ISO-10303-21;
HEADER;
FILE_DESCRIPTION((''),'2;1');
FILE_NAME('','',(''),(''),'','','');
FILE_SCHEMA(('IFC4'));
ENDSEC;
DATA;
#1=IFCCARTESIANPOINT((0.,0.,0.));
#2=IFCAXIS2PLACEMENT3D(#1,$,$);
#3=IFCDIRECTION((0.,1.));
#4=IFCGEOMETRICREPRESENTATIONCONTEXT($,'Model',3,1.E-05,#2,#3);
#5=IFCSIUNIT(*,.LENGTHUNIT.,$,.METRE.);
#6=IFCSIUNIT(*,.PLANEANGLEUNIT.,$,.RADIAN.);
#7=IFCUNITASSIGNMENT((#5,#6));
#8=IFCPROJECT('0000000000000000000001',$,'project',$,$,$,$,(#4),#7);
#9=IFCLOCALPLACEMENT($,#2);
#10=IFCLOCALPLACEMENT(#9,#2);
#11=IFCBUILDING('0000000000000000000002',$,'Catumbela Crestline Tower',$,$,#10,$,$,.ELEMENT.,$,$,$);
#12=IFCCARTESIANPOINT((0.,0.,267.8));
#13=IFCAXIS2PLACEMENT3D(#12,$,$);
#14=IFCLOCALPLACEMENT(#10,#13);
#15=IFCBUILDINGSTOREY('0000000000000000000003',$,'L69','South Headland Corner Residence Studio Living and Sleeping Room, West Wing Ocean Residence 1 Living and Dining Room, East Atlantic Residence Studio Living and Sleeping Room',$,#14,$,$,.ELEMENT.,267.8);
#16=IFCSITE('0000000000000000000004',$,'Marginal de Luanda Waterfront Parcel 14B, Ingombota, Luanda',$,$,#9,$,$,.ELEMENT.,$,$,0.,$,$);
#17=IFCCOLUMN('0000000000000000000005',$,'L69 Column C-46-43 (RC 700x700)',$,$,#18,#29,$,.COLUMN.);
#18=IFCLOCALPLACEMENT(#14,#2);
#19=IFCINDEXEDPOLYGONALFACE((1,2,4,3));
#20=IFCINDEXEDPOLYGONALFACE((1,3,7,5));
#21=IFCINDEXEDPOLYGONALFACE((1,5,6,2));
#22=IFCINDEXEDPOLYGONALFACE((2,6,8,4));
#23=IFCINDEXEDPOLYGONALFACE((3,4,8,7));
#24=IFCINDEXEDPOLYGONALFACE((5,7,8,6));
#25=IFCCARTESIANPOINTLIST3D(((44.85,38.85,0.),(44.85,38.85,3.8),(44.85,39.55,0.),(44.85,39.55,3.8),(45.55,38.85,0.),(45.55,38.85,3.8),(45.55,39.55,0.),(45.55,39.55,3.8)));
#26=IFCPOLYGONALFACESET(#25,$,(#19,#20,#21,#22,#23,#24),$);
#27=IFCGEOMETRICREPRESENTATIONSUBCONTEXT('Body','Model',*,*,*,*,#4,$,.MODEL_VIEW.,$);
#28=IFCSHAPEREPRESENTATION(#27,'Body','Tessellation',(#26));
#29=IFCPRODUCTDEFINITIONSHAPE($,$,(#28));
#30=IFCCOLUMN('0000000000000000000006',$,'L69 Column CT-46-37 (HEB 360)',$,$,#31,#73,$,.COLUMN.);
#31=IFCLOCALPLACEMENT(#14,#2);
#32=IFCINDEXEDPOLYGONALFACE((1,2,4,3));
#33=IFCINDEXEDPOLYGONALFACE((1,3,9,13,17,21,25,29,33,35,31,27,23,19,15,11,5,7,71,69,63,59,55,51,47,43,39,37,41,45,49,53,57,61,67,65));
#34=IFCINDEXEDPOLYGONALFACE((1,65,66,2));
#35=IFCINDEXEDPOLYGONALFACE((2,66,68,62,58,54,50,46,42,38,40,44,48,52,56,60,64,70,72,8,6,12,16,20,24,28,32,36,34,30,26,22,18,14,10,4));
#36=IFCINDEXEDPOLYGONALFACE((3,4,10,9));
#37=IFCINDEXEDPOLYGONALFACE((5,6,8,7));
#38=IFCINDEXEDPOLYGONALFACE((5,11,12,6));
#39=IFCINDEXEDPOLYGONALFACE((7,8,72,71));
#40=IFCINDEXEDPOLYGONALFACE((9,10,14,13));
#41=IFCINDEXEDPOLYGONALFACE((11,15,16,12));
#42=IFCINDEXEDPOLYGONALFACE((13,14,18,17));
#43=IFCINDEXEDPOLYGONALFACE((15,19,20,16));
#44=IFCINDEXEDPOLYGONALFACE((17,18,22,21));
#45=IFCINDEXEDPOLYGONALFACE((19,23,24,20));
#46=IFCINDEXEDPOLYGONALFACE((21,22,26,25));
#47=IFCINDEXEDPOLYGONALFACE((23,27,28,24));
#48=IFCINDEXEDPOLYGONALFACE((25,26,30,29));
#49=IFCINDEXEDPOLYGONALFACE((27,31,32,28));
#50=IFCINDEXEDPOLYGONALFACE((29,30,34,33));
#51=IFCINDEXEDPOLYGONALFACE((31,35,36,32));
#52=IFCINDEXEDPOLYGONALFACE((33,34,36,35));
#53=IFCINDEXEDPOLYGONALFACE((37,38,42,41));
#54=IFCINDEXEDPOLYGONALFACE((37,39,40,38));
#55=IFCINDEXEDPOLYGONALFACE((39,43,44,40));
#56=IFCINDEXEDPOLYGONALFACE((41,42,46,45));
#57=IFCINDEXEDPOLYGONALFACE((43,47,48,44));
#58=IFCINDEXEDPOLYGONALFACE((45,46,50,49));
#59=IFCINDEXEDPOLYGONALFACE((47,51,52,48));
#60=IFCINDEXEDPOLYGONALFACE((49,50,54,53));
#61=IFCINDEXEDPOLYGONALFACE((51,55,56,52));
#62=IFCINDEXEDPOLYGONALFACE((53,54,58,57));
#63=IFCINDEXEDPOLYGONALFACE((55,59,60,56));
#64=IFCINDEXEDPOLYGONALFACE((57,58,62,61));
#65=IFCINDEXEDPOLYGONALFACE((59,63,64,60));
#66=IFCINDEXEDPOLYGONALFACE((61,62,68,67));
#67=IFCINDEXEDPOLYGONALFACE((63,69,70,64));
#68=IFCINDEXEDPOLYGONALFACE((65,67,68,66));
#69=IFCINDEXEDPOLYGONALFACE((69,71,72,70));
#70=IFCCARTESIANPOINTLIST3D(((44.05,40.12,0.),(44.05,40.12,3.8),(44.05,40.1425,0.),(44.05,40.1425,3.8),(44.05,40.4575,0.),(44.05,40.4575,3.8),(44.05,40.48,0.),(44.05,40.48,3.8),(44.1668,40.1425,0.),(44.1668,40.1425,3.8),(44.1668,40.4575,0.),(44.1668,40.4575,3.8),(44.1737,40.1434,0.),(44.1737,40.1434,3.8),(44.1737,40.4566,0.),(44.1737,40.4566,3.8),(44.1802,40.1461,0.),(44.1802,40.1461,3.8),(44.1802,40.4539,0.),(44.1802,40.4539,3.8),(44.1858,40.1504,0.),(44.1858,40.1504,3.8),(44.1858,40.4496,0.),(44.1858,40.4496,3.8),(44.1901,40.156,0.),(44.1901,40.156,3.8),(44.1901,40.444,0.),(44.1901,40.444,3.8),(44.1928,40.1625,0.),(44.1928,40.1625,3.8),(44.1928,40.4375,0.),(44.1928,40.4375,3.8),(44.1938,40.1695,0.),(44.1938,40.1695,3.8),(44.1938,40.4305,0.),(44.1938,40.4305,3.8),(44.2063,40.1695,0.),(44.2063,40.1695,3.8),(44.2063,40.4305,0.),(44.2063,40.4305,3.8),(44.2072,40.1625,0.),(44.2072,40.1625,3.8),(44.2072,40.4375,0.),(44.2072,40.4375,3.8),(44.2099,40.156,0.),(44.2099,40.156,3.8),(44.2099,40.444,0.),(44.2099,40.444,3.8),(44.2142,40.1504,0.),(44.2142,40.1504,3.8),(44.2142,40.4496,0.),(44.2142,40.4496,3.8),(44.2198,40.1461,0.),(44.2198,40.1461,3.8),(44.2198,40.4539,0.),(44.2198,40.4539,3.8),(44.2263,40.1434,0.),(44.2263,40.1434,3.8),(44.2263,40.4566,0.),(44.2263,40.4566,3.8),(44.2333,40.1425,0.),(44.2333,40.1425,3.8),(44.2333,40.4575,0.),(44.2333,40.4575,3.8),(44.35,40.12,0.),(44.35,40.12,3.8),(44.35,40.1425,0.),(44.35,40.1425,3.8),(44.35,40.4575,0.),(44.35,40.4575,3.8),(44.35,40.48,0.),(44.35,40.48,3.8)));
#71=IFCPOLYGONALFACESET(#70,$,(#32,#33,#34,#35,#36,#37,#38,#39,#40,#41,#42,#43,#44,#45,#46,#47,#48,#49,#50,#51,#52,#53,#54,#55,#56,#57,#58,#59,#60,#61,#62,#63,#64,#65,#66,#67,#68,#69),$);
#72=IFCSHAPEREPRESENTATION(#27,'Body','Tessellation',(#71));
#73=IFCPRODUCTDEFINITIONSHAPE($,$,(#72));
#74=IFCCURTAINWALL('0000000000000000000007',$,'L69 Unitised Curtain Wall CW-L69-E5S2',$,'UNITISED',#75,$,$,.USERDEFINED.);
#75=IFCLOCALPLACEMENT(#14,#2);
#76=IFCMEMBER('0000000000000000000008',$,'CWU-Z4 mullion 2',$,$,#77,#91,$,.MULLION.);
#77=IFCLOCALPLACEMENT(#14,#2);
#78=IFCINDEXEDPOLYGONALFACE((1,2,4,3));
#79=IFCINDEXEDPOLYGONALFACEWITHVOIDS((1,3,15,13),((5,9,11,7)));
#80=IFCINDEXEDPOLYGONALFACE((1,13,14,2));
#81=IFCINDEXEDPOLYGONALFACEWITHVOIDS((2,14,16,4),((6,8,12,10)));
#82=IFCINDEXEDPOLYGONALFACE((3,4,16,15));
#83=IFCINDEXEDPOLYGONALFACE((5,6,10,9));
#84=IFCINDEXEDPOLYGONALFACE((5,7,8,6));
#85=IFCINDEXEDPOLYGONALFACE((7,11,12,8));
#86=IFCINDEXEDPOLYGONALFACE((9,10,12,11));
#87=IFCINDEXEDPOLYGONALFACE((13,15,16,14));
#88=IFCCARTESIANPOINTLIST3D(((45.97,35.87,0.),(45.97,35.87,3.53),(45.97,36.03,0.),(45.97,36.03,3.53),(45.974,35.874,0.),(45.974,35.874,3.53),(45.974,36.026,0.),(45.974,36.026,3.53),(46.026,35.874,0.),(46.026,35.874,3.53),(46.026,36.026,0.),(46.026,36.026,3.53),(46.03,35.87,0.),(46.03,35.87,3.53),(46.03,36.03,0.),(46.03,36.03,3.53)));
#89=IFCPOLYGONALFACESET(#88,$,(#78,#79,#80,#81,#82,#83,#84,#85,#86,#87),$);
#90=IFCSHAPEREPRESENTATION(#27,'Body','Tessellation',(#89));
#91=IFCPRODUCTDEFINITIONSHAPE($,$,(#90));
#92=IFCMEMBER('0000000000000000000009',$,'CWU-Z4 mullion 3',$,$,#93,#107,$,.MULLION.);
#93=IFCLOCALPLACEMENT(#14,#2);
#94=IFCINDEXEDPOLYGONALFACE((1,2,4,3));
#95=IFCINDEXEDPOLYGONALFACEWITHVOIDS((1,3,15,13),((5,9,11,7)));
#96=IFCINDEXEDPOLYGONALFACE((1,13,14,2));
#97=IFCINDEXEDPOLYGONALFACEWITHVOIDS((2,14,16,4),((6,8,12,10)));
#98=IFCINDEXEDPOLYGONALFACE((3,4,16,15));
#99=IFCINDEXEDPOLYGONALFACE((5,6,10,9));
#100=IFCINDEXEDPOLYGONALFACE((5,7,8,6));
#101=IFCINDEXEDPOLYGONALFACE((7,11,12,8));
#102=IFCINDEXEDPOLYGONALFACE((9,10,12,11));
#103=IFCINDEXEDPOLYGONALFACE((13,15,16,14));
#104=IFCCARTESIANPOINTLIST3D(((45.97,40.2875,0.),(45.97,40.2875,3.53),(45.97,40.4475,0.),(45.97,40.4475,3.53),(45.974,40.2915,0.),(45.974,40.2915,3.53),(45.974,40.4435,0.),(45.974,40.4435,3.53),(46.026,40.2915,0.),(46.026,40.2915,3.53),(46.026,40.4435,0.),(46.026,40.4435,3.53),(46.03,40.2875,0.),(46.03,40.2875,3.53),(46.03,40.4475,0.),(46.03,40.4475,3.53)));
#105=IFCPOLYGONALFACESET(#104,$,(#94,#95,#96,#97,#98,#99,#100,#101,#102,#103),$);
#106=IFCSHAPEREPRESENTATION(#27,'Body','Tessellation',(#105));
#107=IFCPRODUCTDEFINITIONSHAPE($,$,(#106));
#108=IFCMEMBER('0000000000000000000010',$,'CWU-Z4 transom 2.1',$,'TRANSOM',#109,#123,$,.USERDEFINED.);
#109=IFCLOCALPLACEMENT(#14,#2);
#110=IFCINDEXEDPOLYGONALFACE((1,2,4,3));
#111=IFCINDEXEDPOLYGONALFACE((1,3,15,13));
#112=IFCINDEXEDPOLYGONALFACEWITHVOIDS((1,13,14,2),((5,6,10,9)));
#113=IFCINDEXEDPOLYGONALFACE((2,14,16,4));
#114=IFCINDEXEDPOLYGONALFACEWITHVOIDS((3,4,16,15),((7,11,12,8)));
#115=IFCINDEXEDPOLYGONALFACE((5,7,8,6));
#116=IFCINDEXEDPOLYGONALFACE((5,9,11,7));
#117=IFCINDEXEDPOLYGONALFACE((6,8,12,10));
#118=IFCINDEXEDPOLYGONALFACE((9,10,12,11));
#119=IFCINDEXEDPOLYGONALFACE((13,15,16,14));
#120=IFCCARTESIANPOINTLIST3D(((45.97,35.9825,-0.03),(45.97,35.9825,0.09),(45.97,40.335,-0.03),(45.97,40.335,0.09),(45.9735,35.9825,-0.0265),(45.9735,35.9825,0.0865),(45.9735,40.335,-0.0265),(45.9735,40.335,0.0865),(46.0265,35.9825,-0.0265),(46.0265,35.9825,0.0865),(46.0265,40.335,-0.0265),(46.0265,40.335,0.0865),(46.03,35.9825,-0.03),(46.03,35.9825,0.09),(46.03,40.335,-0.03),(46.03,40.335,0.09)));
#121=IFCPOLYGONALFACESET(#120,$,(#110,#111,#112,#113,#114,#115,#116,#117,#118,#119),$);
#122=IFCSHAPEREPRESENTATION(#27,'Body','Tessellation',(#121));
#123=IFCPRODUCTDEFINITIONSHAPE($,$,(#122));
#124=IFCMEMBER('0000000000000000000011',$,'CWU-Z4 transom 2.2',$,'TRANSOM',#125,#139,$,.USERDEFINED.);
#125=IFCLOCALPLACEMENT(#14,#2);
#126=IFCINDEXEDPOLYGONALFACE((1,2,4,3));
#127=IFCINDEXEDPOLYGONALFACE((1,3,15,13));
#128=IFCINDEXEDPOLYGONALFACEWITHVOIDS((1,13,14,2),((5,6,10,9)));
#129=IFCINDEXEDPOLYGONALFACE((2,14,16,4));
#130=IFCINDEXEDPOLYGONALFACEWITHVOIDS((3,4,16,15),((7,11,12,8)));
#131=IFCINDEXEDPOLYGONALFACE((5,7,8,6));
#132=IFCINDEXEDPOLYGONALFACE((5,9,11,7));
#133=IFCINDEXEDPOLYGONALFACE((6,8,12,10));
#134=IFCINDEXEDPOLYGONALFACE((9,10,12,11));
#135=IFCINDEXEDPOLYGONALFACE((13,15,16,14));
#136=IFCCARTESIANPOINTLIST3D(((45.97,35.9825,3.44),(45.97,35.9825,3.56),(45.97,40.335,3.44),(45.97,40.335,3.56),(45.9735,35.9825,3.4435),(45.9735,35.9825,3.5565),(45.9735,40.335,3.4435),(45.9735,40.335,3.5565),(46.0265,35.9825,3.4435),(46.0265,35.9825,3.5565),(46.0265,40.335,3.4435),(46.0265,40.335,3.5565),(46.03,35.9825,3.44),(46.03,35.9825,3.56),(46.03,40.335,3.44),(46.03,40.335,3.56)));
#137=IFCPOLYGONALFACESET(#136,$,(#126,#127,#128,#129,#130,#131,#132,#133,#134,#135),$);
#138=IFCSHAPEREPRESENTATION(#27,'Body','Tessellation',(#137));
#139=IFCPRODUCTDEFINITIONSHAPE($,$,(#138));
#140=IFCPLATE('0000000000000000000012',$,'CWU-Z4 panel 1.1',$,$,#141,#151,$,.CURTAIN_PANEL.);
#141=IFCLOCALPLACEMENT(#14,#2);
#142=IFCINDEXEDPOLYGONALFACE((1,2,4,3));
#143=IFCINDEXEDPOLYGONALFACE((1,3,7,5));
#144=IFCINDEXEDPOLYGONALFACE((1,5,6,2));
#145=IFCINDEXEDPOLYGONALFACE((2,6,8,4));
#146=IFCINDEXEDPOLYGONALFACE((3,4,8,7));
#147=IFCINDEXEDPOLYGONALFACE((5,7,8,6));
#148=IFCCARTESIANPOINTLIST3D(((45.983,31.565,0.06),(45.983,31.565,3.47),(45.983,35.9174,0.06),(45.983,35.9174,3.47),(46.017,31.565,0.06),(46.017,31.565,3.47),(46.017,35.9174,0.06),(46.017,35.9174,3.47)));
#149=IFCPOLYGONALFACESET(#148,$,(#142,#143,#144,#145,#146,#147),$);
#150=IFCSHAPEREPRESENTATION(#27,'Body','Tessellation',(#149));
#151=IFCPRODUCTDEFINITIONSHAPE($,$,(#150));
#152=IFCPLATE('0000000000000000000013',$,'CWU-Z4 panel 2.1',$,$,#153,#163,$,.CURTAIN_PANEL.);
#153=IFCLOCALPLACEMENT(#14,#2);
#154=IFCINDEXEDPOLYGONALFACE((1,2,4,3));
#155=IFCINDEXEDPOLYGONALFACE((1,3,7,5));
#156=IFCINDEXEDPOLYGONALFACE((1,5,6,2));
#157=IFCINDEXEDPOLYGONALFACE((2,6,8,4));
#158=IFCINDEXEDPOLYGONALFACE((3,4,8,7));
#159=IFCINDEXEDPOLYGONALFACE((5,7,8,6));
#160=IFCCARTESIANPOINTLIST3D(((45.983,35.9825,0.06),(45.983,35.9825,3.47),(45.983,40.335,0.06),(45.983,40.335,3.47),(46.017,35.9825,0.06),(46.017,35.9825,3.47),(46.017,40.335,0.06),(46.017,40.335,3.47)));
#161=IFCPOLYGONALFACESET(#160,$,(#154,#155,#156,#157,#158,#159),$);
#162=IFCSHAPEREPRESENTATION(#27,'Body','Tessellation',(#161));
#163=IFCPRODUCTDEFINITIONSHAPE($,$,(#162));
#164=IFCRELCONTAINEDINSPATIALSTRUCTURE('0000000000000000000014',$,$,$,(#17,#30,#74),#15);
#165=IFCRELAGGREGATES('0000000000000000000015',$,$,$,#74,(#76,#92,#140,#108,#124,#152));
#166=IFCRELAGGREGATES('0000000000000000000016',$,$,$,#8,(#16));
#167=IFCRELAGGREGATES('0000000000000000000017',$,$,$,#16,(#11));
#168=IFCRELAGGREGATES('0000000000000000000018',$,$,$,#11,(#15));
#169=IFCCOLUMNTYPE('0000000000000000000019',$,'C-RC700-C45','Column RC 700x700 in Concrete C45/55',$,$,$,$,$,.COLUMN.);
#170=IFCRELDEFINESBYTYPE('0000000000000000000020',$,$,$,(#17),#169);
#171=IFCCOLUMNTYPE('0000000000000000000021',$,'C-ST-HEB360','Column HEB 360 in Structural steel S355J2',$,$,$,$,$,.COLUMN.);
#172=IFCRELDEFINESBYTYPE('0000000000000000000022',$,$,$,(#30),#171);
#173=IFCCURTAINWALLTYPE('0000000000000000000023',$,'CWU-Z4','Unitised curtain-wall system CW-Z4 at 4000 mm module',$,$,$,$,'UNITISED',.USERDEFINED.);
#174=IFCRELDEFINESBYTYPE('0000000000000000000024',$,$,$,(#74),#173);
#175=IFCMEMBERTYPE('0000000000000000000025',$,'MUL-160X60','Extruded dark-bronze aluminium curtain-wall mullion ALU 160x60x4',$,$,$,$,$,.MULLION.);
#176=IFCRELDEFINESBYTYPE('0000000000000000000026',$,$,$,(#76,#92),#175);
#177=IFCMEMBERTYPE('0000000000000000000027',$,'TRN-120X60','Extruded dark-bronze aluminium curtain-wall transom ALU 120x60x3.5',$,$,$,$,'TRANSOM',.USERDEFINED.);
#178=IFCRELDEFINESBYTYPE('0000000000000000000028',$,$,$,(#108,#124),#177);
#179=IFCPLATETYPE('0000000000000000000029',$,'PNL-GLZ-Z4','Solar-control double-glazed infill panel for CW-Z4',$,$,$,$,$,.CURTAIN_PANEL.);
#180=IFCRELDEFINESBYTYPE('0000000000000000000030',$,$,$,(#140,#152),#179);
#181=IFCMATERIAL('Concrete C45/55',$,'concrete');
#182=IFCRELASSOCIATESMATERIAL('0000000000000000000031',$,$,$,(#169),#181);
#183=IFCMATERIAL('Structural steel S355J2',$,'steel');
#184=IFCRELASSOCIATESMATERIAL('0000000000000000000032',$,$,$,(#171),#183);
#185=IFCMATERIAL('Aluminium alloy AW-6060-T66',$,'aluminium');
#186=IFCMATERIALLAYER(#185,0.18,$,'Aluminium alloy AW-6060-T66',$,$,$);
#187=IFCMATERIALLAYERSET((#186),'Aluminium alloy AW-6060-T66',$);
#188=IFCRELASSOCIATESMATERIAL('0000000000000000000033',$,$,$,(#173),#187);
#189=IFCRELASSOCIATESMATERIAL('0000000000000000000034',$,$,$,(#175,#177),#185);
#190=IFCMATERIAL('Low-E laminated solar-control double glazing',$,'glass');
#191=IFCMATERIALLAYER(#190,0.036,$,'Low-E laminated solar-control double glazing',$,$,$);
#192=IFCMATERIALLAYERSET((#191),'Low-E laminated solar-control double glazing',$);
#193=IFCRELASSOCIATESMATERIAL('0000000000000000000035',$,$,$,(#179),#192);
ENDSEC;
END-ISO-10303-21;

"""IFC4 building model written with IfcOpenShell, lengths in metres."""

from ifc_helpers import new_model, si_unit, direction, frame, origin, origin_2d, place, context, subcontext, project, spatial, rectangle, hollow_rectangle, i_section, extrude, material, layer, layer_set, material_profile, profile_set, type_object, element, aggregate, save


model = new_model("IFC4")

# Units and contexts
model_context = context("Model", 3, precision=1e-05, world=origin(), true_north=direction((0.0, 1.0)))
body_context = subcontext(model_context, "Body", "Model", "MODEL_VIEW")
ifc_project = project(units=[si_unit("LENGTHUNIT", "METRE"), si_unit("PLANEANGLEUNIT", "RADIAN")], contexts=[model_context])

# Site, building, storey
site_placement = place(None, origin())
site = spatial("IfcSite", under=ifc_project, at=site_placement, Name="Marginal de Luanda Waterfront Parcel 14B, Ingombota, Luanda", CompositionType="ELEMENT", RefElevation=0.0)
building_placement = place(site_placement, origin())
building = spatial("IfcBuilding", under=site, at=building_placement, Name="Catumbela Crestline Tower", CompositionType="ELEMENT")
storey_placement = place(building_placement, frame((0.0, 0.0, 267.8)))
storey = spatial("IfcBuildingStorey", under=building, at=storey_placement, Name="L69", Description="South Headland Corner Residence Studio Living and Sleeping Room, West Wing Ocean Residence 1 Living and Dining Room, East Atlantic Residence Studio Living and Sleeping Room", CompositionType="ELEMENT", Elevation=267.8)

# Columns
ifc_material_1 = material(Name="Concrete C45/55", Category="concrete")
ifc_material_profile_1 = material_profile(ifc_material_1, rectangle(XDim=0.7, YDim=0.7, at=origin_2d()), Name="RC 700x700")
ifc_profile_set_1 = profile_set([ifc_material_profile_1], Name="Concrete C45/55")
column_type_1 = type_object("IfcColumnType", Name="C-RC700-C45", Description="Column RC 700x700 in Concrete C45/55", PredefinedType="COLUMN", material=ifc_profile_set_1)
column_1_placement = place(storey_placement, frame((45.2, 39.2, 0.0), z_axis=(0.0, 0.0, 1.0), x_axis=(1.0, 0.0, 0.0)))
element("IfcColumn", 1, at=column_1_placement, inside=storey, type_object=column_type_1, Name="L69 Column C-46-43 (RC 700x700)", PredefinedType="COLUMN", context=body_context, shape_type="SweptSolid", body=[
    extrude(rectangle(XDim=0.7, YDim=0.7, at=origin_2d()), origin(), (0.0, 0.0, 1.0), 3.8),
])
ifc_material_2 = material(Name="Structural steel S355J2", Category="steel")
ifc_material_profile_2 = material_profile(ifc_material_2, i_section(OverallWidth=0.3, OverallDepth=0.36, WebThickness=0.0125, FlangeThickness=0.0225, FilletRadius=0.027, at=origin_2d()), Name="HEB 360")
ifc_profile_set_2 = profile_set([ifc_material_profile_2], Name="Structural steel S355J2")
column_type_2 = type_object("IfcColumnType", Name="C-ST-HEB360", Description="Column HEB 360 in Structural steel S355J2", PredefinedType="COLUMN", material=ifc_profile_set_2)
column_2_placement = place(storey_placement, frame((44.2, 40.3, 0.0), z_axis=(0.0, 0.0, 1.0), x_axis=(1.0, 0.0, 0.0)))
element("IfcColumn", 2, at=column_2_placement, inside=storey, type_object=column_type_2, Name="L69 Column CT-46-37 (HEB 360)", PredefinedType="COLUMN", context=body_context, shape_type="SweptSolid", body=[
    extrude(i_section(OverallWidth=0.3, OverallDepth=0.36, WebThickness=0.0125, FlangeThickness=0.0225, FilletRadius=0.027, at=origin_2d()), origin(), (0.0, 0.0, 1.0), 3.8),
])

# Curtain wall, members, plates
ifc_material_3 = material(Name="Aluminium alloy AW-6060-T66", Category="aluminium")
ifc_layer_1 = layer(ifc_material_3, 0.18, Name="Aluminium alloy AW-6060-T66")
ifc_layer_set_1 = layer_set([ifc_layer_1], Name="Aluminium alloy AW-6060-T66")
curtain_wall_type = type_object("IfcCurtainWallType", Name="CWU-Z4", Description="Unitised curtain-wall system CW-Z4 at 4000 mm module", ElementType="UNITISED", PredefinedType="USERDEFINED", material=ifc_layer_set_1)
curtain_wall_placement = place(storey_placement, origin())
curtain_wall = element("IfcCurtainWall", 3, at=curtain_wall_placement, inside=storey, type_object=curtain_wall_type, Name="L69 Unitised Curtain Wall CW-L69-E5S2", ObjectType="UNITISED", PredefinedType="USERDEFINED")
ifc_material_profile_3 = material_profile(ifc_material_3, hollow_rectangle(XDim=0.06, YDim=0.16, WallThickness=0.004, at=origin_2d()), Name="ALU 160x60x4")
ifc_profile_set_3 = profile_set([ifc_material_profile_3], Name="Aluminium alloy AW-6060-T66")
member_type_1 = type_object("IfcMemberType", Name="MUL-160X60", Description="Extruded dark-bronze aluminium curtain-wall mullion ALU 160x60x4", PredefinedType="MULLION", material=ifc_profile_set_3)
member_1_placement = place(storey_placement, frame((46.0, 35.95, 0.0), z_axis=(0.0, 0.0, 1.0), x_axis=(-1.0, 0.0, 0.0)))
member_1 = element("IfcMember", 4, at=member_1_placement, type_object=member_type_1, Name="CWU-Z4 mullion 2", PredefinedType="MULLION", context=body_context, shape_type="SweptSolid", body=[
    extrude(hollow_rectangle(XDim=0.06, YDim=0.16, WallThickness=0.004, at=origin_2d()), origin(), (0.0, 0.0, 1.0), 3.53),
])
member_2_placement = place(storey_placement, frame((46.0, 40.3675, 0.0), z_axis=(0.0, 0.0, 1.0), x_axis=(-1.0, 0.0, 0.0)))
member_2 = element("IfcMember", 5, at=member_2_placement, type_object=member_type_1, Name="CWU-Z4 mullion 3", PredefinedType="MULLION", context=body_context, shape_type="SweptSolid", body=[
    extrude(hollow_rectangle(XDim=0.06, YDim=0.16, WallThickness=0.004, at=origin_2d()), origin(), (0.0, 0.0, 1.0), 3.53),
])
ifc_material_profile_4 = material_profile(ifc_material_3, hollow_rectangle(XDim=0.06, YDim=0.12, WallThickness=0.0035, at=origin_2d()), Name="ALU 120x60x3.5")
ifc_profile_set_4 = profile_set([ifc_material_profile_4], Name="Aluminium alloy AW-6060-T66")
member_type_2 = type_object("IfcMemberType", Name="TRN-120X60", Description="Extruded dark-bronze aluminium curtain-wall transom ALU 120x60x3.5", ElementType="TRANSOM", PredefinedType="USERDEFINED", material=ifc_profile_set_4)
member_3_placement = place(storey_placement, frame((46.0, 35.9825, 0.03), z_axis=(0.0, 1.0, 0.0), x_axis=(-1.0, 0.0, 0.0)))
member_3 = element("IfcMember", 6, at=member_3_placement, type_object=member_type_2, Name="CWU-Z4 transom 2.1", ObjectType="TRANSOM", PredefinedType="USERDEFINED", context=body_context, shape_type="SweptSolid", body=[
    extrude(hollow_rectangle(XDim=0.06, YDim=0.12, WallThickness=0.0035, at=origin_2d()), origin(), (0.0, 0.0, 1.0), 4.3525),
])
member_4_placement = place(storey_placement, frame((46.0, 35.9825, 3.5), z_axis=(0.0, 1.0, 0.0), x_axis=(-1.0, 0.0, 0.0)))
member_4 = element("IfcMember", 7, at=member_4_placement, type_object=member_type_2, Name="CWU-Z4 transom 2.2", ObjectType="TRANSOM", PredefinedType="USERDEFINED", context=body_context, shape_type="SweptSolid", body=[
    extrude(hollow_rectangle(XDim=0.06, YDim=0.12, WallThickness=0.0035, at=origin_2d()), origin(), (0.0, 0.0, 1.0), 4.3525),
])
ifc_material_4 = material(Name="Low-E laminated solar-control double glazing", Category="glass")
ifc_layer_2 = layer(ifc_material_4, 0.036, Name="Low-E laminated solar-control double glazing")
ifc_layer_set_2 = layer_set([ifc_layer_2], Name="Low-E laminated solar-control double glazing")
plate_type = type_object("IfcPlateType", Name="PNL-GLZ-Z4", Description="Solar-control double-glazed infill panel for CW-Z4", PredefinedType="CURTAIN_PANEL", material=ifc_layer_set_2)
plate_1_placement = place(storey_placement, frame((46.0, 33.7412, 0.06), z_axis=(0.0, 0.0, 1.0), x_axis=(0.0, 1.0, 0.0)))
plate_1 = element("IfcPlate", 8, at=plate_1_placement, type_object=plate_type, Name="CWU-Z4 panel 1.1", PredefinedType="CURTAIN_PANEL", context=body_context, shape_type="SweptSolid", body=[
    extrude(rectangle(XDim=4.3525, YDim=0.034, at=origin_2d()), origin(), (0.0, 0.0, 1.0), 3.41),
])
plate_2_placement = place(storey_placement, frame((46.0, 38.1588, 0.06), z_axis=(0.0, 0.0, 1.0), x_axis=(0.0, 1.0, 0.0)))
plate_2 = element("IfcPlate", 9, at=plate_2_placement, type_object=plate_type, Name="CWU-Z4 panel 2.1", PredefinedType="CURTAIN_PANEL", context=body_context, shape_type="SweptSolid", body=[
    extrude(rectangle(XDim=4.3525, YDim=0.034, at=origin_2d()), origin(), (0.0, 0.0, 1.0), 3.41),
])
aggregate(curtain_wall, [member_1, member_2, plate_1, member_3, member_4, plate_2])

save(model, "model.ifc")
